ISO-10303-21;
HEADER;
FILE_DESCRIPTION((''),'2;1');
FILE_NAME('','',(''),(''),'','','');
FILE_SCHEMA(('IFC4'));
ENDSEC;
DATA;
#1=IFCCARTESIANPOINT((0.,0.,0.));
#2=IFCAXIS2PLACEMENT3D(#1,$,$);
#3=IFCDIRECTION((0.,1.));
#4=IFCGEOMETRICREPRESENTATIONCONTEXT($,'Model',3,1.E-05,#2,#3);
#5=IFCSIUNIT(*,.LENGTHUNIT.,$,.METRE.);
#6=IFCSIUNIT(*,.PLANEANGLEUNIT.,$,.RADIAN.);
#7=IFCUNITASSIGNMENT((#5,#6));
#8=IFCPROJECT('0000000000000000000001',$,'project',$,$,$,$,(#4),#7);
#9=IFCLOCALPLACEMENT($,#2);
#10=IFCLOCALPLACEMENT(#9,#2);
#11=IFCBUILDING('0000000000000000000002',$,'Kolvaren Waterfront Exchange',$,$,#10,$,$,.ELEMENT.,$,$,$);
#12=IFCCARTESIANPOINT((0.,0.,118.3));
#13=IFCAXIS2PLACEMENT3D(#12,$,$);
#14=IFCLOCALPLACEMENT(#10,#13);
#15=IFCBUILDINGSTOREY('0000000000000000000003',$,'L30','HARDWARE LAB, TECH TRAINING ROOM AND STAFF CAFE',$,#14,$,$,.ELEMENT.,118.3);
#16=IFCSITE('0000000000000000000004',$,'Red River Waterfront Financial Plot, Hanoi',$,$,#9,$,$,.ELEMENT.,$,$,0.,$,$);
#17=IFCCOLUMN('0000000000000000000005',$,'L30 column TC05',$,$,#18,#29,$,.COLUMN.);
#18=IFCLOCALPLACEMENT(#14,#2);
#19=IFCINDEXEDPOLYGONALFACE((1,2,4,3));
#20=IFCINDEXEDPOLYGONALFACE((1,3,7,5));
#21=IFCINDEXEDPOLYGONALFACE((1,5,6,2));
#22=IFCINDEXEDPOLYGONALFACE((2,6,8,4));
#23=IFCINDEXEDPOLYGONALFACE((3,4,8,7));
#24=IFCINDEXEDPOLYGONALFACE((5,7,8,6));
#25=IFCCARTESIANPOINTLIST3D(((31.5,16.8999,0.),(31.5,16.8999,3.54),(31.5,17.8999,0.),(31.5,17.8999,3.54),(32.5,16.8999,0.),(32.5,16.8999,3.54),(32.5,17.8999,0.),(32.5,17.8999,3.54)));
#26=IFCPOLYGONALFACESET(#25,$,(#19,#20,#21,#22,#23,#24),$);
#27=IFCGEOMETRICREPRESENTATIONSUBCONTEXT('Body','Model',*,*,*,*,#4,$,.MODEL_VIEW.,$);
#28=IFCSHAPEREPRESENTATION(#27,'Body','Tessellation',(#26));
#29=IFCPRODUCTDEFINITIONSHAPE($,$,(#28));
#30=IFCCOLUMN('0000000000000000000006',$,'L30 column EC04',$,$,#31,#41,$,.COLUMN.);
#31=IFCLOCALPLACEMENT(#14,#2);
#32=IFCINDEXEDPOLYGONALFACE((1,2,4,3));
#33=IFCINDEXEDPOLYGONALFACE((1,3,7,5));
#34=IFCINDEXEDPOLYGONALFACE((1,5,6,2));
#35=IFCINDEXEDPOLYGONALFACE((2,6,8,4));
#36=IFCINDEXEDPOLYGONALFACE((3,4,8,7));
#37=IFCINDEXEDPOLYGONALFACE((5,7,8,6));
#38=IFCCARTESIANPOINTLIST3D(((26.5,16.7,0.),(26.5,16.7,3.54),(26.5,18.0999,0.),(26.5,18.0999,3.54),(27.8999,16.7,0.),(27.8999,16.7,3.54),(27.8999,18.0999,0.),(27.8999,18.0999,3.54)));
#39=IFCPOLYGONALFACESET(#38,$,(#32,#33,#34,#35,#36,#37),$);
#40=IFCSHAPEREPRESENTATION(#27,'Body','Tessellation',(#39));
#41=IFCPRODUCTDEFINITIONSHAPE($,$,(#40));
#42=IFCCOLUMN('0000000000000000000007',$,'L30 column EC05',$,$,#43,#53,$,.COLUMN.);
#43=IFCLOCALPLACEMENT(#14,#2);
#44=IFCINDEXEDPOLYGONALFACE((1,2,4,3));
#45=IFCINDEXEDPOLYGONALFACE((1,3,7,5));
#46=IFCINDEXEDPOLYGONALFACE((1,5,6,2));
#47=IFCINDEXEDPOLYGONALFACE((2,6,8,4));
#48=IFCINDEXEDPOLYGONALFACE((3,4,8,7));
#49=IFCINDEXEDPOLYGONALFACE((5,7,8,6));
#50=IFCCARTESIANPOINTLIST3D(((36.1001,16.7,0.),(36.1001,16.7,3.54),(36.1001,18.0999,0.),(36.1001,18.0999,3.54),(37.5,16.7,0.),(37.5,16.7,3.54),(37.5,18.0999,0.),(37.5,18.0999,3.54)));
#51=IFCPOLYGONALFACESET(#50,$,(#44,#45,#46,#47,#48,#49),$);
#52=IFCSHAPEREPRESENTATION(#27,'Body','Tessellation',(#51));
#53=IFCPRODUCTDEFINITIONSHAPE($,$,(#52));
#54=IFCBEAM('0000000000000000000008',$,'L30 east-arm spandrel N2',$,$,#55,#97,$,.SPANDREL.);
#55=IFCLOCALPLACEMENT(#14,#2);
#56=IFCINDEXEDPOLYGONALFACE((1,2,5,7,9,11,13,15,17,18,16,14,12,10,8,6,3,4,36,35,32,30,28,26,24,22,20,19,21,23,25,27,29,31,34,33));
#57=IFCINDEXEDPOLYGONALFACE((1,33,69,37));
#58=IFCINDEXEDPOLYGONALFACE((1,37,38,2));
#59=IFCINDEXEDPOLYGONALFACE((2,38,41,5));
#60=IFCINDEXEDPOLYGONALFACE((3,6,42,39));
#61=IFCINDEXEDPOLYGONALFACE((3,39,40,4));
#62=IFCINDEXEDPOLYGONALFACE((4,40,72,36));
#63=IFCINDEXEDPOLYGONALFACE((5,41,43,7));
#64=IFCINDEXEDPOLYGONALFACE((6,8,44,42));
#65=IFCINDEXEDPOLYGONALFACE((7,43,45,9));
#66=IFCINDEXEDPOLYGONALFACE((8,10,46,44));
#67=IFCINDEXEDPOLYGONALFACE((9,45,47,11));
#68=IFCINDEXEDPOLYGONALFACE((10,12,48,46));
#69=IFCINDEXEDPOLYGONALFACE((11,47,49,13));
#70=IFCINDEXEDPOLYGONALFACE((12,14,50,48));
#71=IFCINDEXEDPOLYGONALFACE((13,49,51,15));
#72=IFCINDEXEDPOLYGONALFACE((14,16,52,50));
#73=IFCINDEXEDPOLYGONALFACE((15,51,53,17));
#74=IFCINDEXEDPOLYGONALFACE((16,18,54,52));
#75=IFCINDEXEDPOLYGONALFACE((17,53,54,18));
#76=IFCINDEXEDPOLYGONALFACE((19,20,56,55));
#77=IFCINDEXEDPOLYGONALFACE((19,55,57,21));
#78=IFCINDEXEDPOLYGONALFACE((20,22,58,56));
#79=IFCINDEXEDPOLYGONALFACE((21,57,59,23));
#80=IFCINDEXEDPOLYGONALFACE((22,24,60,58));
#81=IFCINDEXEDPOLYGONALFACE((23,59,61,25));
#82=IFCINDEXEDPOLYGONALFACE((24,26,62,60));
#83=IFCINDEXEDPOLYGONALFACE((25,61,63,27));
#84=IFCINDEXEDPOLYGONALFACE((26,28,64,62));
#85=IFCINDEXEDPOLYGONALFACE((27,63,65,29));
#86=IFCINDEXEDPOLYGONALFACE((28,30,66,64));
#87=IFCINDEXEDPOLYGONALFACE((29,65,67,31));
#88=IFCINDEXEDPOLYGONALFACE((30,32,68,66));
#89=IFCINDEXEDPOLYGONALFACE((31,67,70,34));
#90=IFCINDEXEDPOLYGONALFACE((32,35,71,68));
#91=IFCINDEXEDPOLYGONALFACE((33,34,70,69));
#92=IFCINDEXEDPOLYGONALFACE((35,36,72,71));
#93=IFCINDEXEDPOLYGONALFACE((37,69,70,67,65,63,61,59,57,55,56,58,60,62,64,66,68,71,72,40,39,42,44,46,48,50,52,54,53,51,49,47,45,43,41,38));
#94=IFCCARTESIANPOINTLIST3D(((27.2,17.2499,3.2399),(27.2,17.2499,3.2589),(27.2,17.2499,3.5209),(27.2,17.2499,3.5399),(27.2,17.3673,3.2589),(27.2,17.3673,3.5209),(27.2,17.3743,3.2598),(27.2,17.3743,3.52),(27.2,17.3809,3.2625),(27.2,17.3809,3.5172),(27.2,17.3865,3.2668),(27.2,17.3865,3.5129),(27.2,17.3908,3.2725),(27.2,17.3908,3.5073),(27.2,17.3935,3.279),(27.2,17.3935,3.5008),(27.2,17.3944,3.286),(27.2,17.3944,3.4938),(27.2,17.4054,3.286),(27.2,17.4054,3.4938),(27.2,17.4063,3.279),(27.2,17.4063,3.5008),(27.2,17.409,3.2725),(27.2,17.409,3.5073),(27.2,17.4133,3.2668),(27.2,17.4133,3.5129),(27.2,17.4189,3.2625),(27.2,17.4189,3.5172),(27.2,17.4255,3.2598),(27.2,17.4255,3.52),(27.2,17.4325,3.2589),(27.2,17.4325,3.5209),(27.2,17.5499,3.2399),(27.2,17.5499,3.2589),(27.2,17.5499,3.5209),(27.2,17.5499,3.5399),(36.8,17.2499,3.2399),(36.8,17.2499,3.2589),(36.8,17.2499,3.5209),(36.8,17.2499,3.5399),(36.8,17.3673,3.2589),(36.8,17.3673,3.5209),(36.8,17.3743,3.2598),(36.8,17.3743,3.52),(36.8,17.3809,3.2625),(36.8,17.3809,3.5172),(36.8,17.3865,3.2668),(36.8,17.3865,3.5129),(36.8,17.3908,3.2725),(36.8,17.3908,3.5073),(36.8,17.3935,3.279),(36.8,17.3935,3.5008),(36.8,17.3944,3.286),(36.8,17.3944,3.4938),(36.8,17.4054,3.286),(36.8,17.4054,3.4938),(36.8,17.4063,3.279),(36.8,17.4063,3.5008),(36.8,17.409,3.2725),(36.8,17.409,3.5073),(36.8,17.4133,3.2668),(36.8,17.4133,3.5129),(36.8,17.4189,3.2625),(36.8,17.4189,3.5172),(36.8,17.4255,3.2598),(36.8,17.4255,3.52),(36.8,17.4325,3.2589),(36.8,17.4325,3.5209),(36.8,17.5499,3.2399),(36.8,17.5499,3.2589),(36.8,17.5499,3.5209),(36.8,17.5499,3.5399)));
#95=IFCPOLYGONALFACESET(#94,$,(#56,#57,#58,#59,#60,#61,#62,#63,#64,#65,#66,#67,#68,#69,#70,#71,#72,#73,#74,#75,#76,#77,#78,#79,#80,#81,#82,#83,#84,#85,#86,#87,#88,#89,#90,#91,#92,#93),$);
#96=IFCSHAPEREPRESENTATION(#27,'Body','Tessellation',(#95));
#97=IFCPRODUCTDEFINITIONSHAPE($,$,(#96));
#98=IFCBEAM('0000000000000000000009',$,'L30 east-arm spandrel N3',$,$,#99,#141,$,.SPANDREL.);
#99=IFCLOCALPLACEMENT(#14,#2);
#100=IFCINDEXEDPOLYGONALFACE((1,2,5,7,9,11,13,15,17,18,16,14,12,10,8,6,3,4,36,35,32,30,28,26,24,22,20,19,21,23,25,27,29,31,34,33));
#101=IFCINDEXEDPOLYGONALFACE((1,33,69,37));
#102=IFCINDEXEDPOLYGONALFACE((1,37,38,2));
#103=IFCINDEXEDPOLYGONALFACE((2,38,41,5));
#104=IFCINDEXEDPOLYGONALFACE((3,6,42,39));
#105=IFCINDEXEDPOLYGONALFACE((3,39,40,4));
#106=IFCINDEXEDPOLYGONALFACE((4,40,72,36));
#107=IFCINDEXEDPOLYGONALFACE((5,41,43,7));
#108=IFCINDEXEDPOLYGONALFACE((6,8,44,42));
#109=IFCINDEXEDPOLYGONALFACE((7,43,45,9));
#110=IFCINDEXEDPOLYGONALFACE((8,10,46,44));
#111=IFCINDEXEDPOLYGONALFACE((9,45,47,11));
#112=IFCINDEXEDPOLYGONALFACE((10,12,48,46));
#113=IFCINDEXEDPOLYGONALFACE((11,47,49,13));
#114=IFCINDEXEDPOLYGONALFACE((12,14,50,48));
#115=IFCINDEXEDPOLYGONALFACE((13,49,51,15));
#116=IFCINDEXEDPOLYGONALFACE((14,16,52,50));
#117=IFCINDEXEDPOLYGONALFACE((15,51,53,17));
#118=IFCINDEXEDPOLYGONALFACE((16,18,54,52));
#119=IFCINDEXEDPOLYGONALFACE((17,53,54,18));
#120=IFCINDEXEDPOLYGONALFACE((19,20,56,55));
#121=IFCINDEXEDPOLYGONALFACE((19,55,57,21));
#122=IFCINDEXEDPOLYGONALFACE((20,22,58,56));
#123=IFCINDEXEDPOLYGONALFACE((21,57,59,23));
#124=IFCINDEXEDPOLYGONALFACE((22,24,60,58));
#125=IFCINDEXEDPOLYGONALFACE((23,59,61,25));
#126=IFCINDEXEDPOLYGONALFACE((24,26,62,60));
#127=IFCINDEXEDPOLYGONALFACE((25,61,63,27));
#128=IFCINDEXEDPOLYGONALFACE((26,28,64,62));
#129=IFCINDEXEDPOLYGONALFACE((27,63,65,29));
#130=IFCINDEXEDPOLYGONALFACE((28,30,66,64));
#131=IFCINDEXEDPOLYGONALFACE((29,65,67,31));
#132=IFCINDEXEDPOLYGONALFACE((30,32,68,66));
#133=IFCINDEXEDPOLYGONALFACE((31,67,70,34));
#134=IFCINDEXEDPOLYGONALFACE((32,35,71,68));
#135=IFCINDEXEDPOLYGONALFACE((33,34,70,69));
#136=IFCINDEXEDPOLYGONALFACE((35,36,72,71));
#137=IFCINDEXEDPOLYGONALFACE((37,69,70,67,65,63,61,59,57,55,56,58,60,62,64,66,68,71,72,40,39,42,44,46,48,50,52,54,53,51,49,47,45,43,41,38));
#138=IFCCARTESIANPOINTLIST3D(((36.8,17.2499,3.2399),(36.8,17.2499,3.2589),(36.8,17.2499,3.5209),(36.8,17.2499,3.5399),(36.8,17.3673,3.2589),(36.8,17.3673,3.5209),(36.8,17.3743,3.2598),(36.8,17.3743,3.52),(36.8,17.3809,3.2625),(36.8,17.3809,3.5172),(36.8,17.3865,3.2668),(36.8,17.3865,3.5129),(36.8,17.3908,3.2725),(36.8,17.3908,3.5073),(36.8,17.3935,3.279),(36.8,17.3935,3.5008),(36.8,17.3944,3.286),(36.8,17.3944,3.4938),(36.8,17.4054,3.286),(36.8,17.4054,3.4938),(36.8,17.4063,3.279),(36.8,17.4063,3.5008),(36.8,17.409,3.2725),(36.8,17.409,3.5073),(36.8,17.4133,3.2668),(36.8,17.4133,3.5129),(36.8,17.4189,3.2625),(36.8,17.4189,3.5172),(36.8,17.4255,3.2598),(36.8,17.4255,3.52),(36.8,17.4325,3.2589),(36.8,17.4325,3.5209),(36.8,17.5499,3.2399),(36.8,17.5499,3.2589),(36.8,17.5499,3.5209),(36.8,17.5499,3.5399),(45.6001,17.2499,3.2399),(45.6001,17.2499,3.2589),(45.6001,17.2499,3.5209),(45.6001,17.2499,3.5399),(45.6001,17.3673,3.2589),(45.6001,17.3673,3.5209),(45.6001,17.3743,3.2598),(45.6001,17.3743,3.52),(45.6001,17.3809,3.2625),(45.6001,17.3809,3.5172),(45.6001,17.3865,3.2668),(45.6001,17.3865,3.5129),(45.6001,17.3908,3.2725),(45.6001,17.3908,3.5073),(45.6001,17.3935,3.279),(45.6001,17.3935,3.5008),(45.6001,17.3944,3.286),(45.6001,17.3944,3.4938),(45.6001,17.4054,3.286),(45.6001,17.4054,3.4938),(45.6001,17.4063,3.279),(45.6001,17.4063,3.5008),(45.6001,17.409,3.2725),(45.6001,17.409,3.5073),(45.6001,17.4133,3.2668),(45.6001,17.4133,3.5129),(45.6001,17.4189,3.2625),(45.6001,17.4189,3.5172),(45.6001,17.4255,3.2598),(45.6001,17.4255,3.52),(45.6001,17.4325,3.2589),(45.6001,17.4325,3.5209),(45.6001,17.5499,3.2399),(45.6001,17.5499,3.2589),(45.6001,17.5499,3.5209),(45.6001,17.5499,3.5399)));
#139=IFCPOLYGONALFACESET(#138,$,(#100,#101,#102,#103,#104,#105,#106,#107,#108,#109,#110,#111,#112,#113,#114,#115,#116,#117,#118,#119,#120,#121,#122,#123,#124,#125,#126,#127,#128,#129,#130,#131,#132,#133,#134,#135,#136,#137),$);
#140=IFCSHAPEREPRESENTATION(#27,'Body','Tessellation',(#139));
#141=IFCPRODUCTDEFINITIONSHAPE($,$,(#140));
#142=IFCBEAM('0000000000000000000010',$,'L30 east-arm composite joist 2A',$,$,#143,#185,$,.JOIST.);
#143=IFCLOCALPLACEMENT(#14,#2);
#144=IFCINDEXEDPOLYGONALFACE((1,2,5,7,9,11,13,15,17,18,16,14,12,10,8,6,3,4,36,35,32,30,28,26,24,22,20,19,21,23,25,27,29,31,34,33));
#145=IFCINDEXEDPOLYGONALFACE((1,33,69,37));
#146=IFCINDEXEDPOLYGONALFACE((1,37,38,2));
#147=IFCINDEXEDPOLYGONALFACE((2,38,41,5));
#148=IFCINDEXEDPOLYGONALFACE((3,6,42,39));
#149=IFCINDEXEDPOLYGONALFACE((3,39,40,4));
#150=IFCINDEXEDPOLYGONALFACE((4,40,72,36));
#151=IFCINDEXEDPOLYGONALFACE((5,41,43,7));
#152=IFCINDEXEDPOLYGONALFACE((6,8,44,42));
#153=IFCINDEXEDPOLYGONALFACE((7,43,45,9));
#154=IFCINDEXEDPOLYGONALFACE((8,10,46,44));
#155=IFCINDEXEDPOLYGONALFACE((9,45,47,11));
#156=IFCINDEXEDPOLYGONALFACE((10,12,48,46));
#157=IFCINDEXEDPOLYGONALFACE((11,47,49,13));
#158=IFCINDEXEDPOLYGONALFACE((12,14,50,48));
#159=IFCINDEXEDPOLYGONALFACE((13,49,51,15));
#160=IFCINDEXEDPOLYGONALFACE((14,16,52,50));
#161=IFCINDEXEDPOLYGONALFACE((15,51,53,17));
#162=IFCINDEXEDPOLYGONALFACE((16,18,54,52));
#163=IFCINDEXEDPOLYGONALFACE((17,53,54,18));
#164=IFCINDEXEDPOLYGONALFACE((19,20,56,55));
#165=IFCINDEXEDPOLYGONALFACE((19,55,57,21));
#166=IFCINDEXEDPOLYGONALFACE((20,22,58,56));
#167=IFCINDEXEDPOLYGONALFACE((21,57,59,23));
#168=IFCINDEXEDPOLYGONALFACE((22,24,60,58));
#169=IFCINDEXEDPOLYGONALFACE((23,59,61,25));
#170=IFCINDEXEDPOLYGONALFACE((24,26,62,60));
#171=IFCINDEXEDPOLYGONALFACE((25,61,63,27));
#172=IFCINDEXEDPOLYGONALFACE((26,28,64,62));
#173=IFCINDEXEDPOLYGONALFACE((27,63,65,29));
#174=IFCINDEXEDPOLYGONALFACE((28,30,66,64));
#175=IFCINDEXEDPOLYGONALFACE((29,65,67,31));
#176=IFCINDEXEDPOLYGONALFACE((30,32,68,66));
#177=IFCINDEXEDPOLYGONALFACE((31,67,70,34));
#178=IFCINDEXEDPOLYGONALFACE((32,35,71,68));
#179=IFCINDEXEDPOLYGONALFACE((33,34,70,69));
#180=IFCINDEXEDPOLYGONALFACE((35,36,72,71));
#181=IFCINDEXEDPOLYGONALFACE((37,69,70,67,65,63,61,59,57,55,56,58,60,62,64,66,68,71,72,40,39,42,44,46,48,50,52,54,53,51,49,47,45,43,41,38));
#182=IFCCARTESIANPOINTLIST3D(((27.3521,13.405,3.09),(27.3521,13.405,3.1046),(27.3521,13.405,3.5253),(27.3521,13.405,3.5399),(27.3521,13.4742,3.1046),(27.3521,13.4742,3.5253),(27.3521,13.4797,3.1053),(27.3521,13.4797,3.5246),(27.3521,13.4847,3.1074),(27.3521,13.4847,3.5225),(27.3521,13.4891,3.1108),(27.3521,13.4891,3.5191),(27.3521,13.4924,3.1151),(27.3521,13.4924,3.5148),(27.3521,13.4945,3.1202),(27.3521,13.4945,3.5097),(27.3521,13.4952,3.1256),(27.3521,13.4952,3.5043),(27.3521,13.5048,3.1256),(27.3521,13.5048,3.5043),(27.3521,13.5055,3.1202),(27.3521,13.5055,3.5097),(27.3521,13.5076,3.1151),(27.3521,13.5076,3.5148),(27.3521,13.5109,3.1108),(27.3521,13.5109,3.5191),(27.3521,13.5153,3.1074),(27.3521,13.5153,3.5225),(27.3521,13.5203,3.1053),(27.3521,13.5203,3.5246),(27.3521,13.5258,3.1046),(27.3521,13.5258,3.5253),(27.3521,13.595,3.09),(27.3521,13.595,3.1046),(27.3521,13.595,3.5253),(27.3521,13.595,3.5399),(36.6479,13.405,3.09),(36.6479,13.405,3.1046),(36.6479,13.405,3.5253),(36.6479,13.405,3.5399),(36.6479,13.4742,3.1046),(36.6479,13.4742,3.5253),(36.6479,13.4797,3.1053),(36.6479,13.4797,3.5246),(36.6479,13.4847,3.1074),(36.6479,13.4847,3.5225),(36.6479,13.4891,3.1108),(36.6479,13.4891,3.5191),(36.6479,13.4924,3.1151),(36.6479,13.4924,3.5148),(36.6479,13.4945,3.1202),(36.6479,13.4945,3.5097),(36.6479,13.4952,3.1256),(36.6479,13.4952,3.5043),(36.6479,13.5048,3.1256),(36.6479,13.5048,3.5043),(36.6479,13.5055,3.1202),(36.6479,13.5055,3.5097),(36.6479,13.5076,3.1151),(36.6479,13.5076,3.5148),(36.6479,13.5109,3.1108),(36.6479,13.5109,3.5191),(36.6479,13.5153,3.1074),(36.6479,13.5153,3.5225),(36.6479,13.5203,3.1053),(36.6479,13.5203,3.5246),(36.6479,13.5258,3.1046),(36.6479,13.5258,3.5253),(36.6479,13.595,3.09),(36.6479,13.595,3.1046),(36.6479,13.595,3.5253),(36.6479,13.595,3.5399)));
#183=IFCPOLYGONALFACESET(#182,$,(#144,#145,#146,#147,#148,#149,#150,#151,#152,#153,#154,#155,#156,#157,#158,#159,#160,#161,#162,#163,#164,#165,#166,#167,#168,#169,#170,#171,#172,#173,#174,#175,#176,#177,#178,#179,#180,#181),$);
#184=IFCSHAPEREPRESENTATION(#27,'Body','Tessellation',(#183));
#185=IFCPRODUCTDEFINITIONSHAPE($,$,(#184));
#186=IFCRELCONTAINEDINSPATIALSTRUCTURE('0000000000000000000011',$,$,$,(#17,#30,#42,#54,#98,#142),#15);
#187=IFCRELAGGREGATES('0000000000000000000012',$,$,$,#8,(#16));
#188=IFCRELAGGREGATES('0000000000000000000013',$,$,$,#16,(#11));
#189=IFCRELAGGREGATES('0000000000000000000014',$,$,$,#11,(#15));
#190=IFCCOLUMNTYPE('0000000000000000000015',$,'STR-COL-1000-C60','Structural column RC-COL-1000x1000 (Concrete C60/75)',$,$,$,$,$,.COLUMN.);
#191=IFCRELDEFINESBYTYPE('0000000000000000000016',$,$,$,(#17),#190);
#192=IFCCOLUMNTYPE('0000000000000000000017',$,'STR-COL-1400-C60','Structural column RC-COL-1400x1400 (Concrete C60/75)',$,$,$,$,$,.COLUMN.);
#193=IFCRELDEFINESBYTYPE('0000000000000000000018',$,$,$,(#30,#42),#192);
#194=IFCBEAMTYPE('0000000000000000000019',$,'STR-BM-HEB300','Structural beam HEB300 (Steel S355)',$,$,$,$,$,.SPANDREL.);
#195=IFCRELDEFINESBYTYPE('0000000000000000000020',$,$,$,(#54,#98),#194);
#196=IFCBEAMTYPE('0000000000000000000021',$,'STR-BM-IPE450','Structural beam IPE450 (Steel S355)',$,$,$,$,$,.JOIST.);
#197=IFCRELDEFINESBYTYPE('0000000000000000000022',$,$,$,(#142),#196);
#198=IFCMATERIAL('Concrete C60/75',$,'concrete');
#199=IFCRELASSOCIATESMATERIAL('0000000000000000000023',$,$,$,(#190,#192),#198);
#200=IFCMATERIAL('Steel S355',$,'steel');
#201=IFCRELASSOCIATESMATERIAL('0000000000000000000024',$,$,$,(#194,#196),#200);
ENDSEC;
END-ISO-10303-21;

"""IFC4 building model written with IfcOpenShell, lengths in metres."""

from ifc_helpers import new_model, si_unit, direction, frame, origin, origin_2d, place, context, subcontext, project, spatial, rectangle, i_section, extrude, material, material_profile, profile_set, type_object, element, save


model = new_model("IFC4")

# Units and contexts
model_context = context("Model", 3, precision=1e-05, world=origin(), true_north=direction((0.0, 1.0)))
body_context = subcontext(model_context, "Body", "Model", "MODEL_VIEW")
ifc_project = project(units=[si_unit("LENGTHUNIT", "METRE"), si_unit("PLANEANGLEUNIT", "RADIAN")], contexts=[model_context])

# Site, building, storey
site_placement = place(None, origin())
site = spatial("IfcSite", under=ifc_project, at=site_placement, Name="Red River Waterfront Financial Plot, Hanoi", CompositionType="ELEMENT", RefElevation=0.0)
building_placement = place(site_placement, origin())
building = spatial("IfcBuilding", under=site, at=building_placement, Name="Kolvaren Waterfront Exchange", CompositionType="ELEMENT")
storey_placement = place(building_placement, frame((0.0, 0.0, 118.3)))
storey = spatial("IfcBuildingStorey", under=building, at=storey_placement, Name="L30", Description="HARDWARE LAB, TECH TRAINING ROOM AND STAFF CAFE", CompositionType="ELEMENT", Elevation=118.3)

# Columns
ifc_material_1 = material(Name="Concrete C60/75", Category="concrete")
ifc_material_profile_1 = material_profile(ifc_material_1, rectangle(XDim=1.0, YDim=1.0, at=origin_2d()), Name="RC-COL-1000x1000")
ifc_profile_set_1 = profile_set([ifc_material_profile_1], Name="Concrete C60/75")
column_type_1 = type_object("IfcColumnType", Name="STR-COL-1000-C60", Description="Structural column RC-COL-1000x1000 (Concrete C60/75)", PredefinedType="COLUMN", material=ifc_profile_set_1)
column_placement = place(storey_placement, frame((32.0, 17.3999, 0.0), z_axis=(0.0, 0.0, 1.0), x_axis=(1.0, 0.0, 0.0)))
element("IfcColumn", 1, at=column_placement, inside=storey, type_object=column_type_1, Name="L30 column TC05", PredefinedType="COLUMN", context=body_context, shape_type="SweptSolid", body=[
    extrude(rectangle(XDim=1.0, YDim=1.0, at=origin_2d()), origin(), (0.0, 0.0, 1.0), 3.54),
])
ifc_material_profile_2 = material_profile(ifc_material_1, rectangle(XDim=1.3999, YDim=1.3999, at=origin_2d()), Name="RC-COL-1400x1400")
ifc_profile_set_2 = profile_set([ifc_material_profile_2], Name="Concrete C60/75")
column_type_2 = type_object("IfcColumnType", Name="STR-COL-1400-C60", Description="Structural column RC-COL-1400x1400 (Concrete C60/75)", PredefinedType="COLUMN", material=ifc_profile_set_2)
for number, where, z_axis, x_axis, name in (
    (2, (27.2, 17.3999, 0.0), (0.0, 0.0, 1.0), (1.0, 0.0, 0.0), "L30 column EC04"),
    (3, (36.8, 17.3999, 0.0), (0.0, 0.0, 1.0), (1.0, 0.0, 0.0), "L30 column EC05"),
):
    element("IfcColumn", number, at=place(storey_placement, frame(where, z_axis=z_axis, x_axis=x_axis)), inside=storey, type_object=column_type_2, Name=name, PredefinedType="COLUMN", context=body_context, shape_type="SweptSolid", body=[
        extrude(rectangle(XDim=1.3999, YDim=1.3999, at=origin_2d()), origin(), (0.0, 0.0, 1.0), 3.54),
    ])

# Beams
ifc_material_2 = material(Name="Steel S355", Category="steel")
ifc_material_profile_3 = material_profile(ifc_material_2, i_section(OverallWidth=0.3, OverallDepth=0.3, WebThickness=0.011, FlangeThickness=0.019, FilletRadius=0.0271, at=origin_2d()), Name="HEB300")
ifc_profile_set_3 = profile_set([ifc_material_profile_3], Name="Steel S355")
beam_type_1 = type_object("IfcBeamType", Name="STR-BM-HEB300", Description="Structural beam HEB300 (Steel S355)", PredefinedType="SPANDREL", material=ifc_profile_set_3)
beam_1_placement = place(storey_placement, frame((27.2, 17.3999, 3.3899), z_axis=(1.0, 0.0, 0.0), x_axis=(0.0, 1.0, 0.0)))
element("IfcBeam", 4, at=beam_1_placement, inside=storey, type_object=beam_type_1, Name="L30 east-arm spandrel N2", PredefinedType="SPANDREL", context=body_context, shape_type="SweptSolid", body=[
    extrude(i_section(OverallWidth=0.3, OverallDepth=0.3, WebThickness=0.011, FlangeThickness=0.019, FilletRadius=0.0271, at=origin_2d()), origin(), (0.0, 0.0, 1.0), 9.6001),
])
beam_2_placement = place(storey_placement, frame((36.8, 17.3999, 3.3899), z_axis=(1.0, 0.0, 0.0), x_axis=(0.0, 1.0, 0.0)))
element("IfcBeam", 5, at=beam_2_placement, inside=storey, type_object=beam_type_1, Name="L30 east-arm spandrel N3", PredefinedType="SPANDREL", context=body_context, shape_type="SweptSolid", body=[
    extrude(i_section(OverallWidth=0.3, OverallDepth=0.3, WebThickness=0.011, FlangeThickness=0.019, FilletRadius=0.0271, at=origin_2d()), origin(), (0.0, 0.0, 1.0), 8.8),
])
ifc_material_profile_4 = material_profile(ifc_material_2, i_section(OverallWidth=0.1899, OverallDepth=0.45, WebThickness=0.0095, FlangeThickness=0.0146, FilletRadius=0.021, at=origin_2d()), Name="IPE450")
ifc_profile_set_4 = profile_set([ifc_material_profile_4], Name="Steel S355")
beam_type_2 = type_object("IfcBeamType", Name="STR-BM-IPE450", Description="Structural beam IPE450 (Steel S355)", PredefinedType="JOIST", material=ifc_profile_set_4)
for number, where, z_axis, x_axis, name in (
    (6, (27.3521, 13.5, 3.3149), (1.0, 0.0, 0.0), (0.0, 1.0, 0.0), "L30 east-arm composite joist 2A"),
):
    element("IfcBeam", number, at=place(storey_placement, frame(where, z_axis=z_axis, x_axis=x_axis)), inside=storey, type_object=beam_type_2, Name=name, PredefinedType="JOIST", context=body_context, shape_type="SweptSolid", body=[
        extrude(i_section(OverallWidth=0.1899, OverallDepth=0.45, WebThickness=0.0095, FlangeThickness=0.0146, FilletRadius=0.021, at=origin_2d()), origin(), (0.0, 0.0, 1.0), 9.2959),
    ])

save(model, "model.ifc")
